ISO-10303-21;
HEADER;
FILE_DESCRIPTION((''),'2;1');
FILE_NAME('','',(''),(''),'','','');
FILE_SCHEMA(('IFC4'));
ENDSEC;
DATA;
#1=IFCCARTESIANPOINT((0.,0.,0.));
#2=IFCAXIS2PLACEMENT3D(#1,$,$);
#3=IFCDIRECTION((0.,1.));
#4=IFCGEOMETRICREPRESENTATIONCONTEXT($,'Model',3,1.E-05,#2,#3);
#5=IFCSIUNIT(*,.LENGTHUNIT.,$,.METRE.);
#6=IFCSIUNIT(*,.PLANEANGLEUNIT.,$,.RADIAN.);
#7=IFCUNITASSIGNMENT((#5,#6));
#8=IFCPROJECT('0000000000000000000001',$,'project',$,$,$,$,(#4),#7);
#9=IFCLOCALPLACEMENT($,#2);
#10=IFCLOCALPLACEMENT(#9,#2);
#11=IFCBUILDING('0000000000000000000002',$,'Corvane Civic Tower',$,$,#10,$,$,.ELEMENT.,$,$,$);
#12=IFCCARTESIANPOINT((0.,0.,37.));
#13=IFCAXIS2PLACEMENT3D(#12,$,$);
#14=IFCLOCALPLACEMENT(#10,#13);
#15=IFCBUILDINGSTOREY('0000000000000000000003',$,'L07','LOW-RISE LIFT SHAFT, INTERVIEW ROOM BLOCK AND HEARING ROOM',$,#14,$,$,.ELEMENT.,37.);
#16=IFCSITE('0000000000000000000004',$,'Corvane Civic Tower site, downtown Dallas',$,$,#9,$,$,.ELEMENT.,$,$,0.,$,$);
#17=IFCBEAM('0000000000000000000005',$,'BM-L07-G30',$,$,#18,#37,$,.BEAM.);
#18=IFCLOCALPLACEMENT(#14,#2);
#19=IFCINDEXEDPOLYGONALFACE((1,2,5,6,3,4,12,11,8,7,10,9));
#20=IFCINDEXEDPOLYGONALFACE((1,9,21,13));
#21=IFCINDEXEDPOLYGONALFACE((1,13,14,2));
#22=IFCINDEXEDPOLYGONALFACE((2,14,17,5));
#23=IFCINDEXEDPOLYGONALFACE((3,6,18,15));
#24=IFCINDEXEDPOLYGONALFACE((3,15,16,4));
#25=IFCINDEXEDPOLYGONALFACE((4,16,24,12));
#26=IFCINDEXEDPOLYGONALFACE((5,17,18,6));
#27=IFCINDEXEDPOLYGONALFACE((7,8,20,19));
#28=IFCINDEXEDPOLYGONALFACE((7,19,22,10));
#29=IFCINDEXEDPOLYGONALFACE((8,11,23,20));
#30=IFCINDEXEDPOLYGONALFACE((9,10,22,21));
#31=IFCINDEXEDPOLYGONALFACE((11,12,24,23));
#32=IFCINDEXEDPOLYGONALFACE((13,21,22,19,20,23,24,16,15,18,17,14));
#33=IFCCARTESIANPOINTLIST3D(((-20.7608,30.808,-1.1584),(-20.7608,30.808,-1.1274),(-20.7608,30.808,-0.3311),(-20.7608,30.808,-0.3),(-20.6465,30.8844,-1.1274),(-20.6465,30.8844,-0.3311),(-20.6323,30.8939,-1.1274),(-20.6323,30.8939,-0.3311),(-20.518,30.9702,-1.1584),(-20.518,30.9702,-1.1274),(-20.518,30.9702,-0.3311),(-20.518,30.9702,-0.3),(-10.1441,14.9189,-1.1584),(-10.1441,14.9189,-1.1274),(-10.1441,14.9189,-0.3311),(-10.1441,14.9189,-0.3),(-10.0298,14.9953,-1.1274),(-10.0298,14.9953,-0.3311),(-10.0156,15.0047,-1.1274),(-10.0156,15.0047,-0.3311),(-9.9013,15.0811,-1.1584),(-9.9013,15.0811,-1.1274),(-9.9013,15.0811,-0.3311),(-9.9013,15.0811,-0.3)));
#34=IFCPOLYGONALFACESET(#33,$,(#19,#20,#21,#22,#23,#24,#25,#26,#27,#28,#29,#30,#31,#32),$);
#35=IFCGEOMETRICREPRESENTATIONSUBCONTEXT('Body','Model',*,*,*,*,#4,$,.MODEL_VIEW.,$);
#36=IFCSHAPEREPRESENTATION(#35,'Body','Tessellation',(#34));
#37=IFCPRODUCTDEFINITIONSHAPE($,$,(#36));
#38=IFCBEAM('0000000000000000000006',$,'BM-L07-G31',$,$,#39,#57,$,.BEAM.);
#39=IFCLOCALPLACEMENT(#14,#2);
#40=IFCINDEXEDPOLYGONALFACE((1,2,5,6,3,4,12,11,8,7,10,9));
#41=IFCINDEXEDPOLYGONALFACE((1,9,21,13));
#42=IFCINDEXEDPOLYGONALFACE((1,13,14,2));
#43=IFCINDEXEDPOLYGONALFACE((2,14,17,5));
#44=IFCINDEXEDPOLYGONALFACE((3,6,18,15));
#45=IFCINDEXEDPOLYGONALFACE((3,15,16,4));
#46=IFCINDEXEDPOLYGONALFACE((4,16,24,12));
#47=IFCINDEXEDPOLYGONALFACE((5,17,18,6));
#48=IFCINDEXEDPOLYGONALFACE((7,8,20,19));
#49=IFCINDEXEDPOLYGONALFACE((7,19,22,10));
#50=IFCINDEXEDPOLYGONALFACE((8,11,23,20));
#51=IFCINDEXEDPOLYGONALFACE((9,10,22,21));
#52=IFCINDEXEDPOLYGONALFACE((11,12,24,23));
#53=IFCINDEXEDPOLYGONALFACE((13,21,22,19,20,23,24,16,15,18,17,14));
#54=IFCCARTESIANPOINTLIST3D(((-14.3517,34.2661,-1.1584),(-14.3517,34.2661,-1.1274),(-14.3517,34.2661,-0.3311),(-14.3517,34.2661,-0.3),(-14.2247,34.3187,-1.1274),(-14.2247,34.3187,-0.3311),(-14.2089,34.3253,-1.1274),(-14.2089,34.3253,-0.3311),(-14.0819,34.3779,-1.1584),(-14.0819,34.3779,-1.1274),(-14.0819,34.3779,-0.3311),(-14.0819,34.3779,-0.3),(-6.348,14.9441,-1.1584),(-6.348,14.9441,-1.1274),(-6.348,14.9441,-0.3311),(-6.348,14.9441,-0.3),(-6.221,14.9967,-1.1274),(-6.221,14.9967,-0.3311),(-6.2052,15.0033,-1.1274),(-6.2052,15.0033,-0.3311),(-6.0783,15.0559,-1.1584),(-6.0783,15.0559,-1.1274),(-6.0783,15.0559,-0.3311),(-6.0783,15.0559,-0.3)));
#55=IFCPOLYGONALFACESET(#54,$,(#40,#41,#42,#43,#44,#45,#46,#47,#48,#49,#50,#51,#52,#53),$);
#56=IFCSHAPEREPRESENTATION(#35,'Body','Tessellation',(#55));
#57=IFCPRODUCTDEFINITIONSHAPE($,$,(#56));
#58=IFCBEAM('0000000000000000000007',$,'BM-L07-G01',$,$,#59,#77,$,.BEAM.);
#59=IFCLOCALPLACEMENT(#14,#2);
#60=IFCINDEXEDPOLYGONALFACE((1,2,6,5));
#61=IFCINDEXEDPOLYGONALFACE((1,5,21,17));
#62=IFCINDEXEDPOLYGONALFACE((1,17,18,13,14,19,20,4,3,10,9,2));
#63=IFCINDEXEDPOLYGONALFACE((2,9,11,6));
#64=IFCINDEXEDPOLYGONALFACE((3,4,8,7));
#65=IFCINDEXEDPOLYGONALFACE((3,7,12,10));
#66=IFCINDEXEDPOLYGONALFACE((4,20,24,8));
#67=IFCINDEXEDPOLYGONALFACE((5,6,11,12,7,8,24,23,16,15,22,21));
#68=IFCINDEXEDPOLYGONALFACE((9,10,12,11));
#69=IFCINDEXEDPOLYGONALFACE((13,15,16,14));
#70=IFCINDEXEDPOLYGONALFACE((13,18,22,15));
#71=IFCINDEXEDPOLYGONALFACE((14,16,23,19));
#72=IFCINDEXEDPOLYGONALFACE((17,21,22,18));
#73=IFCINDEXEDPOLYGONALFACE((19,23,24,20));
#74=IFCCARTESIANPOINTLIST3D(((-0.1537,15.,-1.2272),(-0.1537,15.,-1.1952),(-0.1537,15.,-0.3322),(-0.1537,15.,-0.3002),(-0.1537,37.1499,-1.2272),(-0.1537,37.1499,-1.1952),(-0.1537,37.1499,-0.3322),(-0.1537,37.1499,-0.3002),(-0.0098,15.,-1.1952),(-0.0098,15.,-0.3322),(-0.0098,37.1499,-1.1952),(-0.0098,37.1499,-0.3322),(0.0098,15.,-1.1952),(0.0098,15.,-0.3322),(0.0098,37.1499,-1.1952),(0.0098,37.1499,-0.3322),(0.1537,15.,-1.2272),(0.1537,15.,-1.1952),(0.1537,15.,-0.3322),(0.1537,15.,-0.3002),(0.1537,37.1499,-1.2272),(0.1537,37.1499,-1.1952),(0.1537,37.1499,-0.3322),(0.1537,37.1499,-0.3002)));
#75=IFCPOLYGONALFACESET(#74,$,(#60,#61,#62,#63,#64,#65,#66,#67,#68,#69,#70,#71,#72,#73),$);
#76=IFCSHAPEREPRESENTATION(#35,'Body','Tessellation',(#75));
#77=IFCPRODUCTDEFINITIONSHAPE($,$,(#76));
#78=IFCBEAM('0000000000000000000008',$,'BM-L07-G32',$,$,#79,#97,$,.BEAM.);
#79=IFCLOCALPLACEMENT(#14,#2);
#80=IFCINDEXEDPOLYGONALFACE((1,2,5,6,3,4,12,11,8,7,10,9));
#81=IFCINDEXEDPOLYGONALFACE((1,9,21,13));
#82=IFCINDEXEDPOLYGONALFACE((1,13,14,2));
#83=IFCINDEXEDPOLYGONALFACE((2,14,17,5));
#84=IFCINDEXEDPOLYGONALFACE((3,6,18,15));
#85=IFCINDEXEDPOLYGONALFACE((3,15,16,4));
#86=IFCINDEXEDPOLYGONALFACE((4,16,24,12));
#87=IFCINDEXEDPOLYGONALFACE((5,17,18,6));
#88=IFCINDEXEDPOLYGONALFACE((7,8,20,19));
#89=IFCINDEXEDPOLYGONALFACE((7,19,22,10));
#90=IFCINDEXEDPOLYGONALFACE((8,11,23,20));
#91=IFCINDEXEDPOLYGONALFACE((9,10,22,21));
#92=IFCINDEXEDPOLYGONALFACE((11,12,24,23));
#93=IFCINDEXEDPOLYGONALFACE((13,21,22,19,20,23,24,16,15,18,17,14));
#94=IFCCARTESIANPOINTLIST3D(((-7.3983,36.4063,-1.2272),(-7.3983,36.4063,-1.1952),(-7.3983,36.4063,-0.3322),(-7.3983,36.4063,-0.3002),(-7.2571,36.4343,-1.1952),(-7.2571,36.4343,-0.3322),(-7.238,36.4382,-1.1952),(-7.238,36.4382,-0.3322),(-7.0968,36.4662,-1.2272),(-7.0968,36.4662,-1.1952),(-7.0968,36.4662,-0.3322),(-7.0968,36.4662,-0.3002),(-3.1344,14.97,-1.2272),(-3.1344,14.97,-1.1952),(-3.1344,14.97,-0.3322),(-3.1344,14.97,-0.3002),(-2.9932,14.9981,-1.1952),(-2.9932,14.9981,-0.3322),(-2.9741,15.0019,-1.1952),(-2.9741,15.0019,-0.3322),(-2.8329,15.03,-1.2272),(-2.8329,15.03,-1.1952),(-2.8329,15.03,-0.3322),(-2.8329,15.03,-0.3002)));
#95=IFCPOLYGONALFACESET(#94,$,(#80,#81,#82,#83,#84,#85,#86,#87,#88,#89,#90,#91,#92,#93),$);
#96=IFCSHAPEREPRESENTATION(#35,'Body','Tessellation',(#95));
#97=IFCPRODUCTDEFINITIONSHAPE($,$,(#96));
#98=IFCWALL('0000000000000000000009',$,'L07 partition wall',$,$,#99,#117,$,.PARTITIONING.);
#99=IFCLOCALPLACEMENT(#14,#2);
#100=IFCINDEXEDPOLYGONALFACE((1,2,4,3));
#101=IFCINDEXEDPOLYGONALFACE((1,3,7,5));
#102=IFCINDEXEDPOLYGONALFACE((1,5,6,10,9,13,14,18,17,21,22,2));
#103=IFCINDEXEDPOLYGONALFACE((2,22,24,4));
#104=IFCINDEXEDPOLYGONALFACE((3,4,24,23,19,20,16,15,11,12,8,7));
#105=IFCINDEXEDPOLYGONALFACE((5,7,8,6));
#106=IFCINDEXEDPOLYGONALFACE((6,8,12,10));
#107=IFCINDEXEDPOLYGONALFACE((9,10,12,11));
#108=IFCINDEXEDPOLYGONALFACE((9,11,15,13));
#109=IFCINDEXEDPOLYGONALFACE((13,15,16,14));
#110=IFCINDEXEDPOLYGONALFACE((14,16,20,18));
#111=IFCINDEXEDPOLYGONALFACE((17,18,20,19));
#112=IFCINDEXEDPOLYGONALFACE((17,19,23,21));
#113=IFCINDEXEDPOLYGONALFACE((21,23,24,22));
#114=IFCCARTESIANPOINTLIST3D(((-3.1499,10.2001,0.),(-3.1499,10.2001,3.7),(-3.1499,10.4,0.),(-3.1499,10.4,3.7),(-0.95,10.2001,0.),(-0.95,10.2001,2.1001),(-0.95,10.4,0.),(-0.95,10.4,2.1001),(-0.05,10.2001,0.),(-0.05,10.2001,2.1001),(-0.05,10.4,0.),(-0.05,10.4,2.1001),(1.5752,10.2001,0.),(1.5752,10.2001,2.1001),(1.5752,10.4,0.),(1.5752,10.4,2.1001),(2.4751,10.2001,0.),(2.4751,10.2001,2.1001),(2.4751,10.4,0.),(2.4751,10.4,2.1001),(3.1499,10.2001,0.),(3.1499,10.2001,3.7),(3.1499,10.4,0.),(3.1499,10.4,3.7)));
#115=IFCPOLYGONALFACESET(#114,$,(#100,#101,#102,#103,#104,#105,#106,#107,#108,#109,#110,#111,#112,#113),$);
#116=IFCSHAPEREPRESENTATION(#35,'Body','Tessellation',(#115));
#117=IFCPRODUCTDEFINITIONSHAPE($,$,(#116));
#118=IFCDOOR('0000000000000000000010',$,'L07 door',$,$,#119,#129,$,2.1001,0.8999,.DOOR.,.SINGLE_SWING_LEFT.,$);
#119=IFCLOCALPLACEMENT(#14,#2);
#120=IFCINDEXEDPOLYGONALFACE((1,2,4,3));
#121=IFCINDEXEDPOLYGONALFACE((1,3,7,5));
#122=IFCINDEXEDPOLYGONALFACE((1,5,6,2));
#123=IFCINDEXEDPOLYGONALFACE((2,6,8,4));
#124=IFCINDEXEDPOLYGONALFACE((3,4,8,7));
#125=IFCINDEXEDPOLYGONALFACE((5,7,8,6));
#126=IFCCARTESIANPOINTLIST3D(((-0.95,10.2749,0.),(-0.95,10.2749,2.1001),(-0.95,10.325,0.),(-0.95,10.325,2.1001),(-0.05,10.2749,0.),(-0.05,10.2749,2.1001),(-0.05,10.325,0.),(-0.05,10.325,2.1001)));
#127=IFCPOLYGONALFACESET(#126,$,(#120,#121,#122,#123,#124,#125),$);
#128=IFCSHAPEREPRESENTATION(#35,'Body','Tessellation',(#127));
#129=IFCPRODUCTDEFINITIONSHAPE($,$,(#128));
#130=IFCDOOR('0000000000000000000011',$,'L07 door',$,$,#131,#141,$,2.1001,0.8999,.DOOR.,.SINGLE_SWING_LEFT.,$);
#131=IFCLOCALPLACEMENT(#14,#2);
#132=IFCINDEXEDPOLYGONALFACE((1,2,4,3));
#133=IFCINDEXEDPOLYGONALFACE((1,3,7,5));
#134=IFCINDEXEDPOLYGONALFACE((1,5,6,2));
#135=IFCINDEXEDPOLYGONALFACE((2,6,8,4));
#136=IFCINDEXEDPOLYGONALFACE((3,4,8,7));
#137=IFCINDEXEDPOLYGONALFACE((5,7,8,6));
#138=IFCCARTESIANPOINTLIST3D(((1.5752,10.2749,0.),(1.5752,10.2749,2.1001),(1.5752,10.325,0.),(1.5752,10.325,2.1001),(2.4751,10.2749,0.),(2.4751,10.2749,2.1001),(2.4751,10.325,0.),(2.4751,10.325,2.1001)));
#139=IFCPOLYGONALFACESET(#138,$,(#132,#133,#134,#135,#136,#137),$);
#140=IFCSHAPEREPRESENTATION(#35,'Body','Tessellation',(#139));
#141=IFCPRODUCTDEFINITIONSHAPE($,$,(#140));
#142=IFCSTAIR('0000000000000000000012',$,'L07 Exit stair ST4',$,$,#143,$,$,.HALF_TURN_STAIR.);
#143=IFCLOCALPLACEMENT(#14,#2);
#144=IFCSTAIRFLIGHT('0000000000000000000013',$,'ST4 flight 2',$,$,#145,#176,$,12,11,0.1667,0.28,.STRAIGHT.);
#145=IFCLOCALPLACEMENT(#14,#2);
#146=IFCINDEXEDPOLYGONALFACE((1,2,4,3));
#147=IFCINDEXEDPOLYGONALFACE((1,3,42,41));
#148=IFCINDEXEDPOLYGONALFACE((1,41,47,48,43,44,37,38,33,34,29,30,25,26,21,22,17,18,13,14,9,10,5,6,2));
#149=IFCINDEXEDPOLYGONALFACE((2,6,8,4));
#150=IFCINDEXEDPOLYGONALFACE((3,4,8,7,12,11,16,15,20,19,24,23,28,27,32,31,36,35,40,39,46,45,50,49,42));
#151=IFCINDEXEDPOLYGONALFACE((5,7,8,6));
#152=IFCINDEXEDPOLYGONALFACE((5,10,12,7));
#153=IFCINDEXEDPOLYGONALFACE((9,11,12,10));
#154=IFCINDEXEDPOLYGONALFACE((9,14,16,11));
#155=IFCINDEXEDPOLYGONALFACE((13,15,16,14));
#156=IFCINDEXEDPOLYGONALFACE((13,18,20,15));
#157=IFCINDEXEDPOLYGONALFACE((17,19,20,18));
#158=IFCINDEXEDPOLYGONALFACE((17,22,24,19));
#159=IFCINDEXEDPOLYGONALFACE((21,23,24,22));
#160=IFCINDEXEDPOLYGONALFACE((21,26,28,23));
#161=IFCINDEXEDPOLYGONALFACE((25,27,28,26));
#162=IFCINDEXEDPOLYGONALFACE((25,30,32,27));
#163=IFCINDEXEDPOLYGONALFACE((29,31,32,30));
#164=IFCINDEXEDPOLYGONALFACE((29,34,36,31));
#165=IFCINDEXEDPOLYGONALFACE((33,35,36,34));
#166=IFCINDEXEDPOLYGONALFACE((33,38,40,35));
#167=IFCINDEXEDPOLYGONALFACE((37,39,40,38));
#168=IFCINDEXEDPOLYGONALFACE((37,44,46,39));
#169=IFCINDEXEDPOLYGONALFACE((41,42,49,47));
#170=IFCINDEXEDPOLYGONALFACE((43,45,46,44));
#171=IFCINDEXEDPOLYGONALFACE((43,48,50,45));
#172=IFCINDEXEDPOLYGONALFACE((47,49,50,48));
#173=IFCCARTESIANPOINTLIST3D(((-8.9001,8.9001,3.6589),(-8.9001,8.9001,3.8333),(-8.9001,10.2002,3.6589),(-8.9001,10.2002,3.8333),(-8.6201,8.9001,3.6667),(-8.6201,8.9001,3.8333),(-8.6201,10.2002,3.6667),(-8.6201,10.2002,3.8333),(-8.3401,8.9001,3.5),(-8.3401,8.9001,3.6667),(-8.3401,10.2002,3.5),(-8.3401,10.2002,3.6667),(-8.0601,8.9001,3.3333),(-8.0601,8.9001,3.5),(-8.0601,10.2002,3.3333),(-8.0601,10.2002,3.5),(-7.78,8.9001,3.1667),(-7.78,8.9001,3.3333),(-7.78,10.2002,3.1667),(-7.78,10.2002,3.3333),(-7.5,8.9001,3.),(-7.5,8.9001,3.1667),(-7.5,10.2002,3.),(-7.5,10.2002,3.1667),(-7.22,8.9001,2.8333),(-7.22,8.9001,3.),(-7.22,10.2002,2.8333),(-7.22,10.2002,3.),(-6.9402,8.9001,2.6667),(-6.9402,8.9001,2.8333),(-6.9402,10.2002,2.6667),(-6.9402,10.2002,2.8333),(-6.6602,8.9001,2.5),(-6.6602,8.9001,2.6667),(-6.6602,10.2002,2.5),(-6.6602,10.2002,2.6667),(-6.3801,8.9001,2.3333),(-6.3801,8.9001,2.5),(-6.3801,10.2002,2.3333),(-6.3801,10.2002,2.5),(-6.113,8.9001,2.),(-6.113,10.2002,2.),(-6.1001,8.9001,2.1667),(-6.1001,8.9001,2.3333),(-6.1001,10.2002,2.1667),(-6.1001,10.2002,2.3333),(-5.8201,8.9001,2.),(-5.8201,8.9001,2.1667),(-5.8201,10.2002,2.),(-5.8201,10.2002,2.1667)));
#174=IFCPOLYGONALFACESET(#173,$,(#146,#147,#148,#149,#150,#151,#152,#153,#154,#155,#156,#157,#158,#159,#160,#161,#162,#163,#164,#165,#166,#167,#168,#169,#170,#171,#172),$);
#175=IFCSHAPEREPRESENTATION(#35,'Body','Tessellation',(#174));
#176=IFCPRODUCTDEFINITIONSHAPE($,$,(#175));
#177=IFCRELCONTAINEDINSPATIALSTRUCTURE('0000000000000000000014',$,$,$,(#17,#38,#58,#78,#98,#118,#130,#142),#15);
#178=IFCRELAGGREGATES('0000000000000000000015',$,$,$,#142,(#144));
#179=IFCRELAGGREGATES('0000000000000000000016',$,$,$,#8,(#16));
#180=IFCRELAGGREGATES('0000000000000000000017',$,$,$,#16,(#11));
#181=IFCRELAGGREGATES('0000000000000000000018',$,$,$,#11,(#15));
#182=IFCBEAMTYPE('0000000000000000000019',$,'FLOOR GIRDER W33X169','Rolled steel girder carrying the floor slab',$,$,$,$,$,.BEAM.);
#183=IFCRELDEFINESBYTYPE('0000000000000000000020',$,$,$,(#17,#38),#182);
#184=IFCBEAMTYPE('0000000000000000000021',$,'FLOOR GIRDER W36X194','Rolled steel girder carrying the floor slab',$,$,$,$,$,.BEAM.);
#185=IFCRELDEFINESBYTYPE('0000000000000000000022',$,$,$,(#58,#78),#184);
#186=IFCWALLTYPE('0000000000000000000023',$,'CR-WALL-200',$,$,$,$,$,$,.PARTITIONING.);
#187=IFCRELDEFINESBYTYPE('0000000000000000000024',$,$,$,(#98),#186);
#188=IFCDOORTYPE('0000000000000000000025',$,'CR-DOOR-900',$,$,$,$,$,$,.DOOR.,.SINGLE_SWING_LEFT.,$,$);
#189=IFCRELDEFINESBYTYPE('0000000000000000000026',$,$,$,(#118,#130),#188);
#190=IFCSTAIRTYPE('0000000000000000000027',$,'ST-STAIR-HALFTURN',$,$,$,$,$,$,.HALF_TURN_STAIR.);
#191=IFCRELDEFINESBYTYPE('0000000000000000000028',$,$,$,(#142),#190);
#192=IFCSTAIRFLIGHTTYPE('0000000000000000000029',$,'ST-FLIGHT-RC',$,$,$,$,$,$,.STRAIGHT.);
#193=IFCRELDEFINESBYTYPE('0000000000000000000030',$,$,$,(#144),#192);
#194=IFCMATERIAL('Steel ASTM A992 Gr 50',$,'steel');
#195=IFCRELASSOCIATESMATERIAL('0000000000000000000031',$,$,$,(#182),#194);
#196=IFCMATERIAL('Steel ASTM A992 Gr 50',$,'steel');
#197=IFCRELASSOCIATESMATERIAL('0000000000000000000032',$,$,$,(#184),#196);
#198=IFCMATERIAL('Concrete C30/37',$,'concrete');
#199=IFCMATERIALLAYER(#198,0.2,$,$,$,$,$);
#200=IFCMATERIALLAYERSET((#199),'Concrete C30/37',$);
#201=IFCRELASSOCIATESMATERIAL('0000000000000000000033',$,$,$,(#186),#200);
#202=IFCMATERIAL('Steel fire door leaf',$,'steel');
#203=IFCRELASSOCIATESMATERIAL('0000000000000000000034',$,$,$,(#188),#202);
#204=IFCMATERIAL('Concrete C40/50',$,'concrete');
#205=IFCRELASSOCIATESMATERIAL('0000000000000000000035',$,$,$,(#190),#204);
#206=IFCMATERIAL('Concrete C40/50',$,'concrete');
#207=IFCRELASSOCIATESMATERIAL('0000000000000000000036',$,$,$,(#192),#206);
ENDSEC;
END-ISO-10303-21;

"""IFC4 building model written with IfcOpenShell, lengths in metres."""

from ifc_helpers import new_model, si_unit, direction, frame, frame_2d, origin, origin_2d, place, context, subcontext, project, spatial, polyline, rectangle, i_section, outline, extrude, material, layer, layer_set, material_profile, profile_set, type_object, element, fill, aggregate, save


model = new_model("IFC4")

# Units and contexts
model_context = context("Model", 3, precision=1e-05, world=origin(), true_north=direction((0.0, 1.0)))
body_context = subcontext(model_context, "Body", "Model", "MODEL_VIEW")
ifc_project = project(units=[si_unit("LENGTHUNIT", "METRE"), si_unit("PLANEANGLEUNIT", "RADIAN")], contexts=[model_context])

# Site, building, storey
site_placement = place(None, origin())
site = spatial("IfcSite", under=ifc_project, at=site_placement, Name="Corvane Civic Tower site, downtown Dallas", CompositionType="ELEMENT", RefElevation=0.0)
building_placement = place(site_placement, origin())
building = spatial("IfcBuilding", under=site, at=building_placement, Name="Corvane Civic Tower", CompositionType="ELEMENT")
storey_placement = place(building_placement, frame((0.0, 0.0, 37.0)))
storey = spatial("IfcBuildingStorey", under=building, at=storey_placement, Name="L07", Description="LOW-RISE LIFT SHAFT, INTERVIEW ROOM BLOCK AND HEARING ROOM", CompositionType="ELEMENT", Elevation=37.0)

# Beams
ifc_material_1 = material(Name="Steel ASTM A992 Gr 50", Category="steel")
ifc_material_profile_1 = material_profile(ifc_material_1, i_section(OverallWidth=0.292, OverallDepth=0.8584, WebThickness=0.0171, FlangeThickness=0.031, at=origin_2d()), Name="W33X169")
ifc_profile_set_1 = profile_set([ifc_material_profile_1], Name="Steel ASTM A992 Gr 50")
beam_type_1 = type_object("IfcBeamType", Name="FLOOR GIRDER W33X169", Description="Rolled steel girder carrying the floor slab", PredefinedType="BEAM", material=ifc_profile_set_1)
beam_1_placement = place(storey_placement, frame((-10.0227, 15.0, -0.7292), z_axis=(-0.555567, 0.831472, 0.0), x_axis=(-0.831472, -0.555567, 0.0)))
element("IfcBeam", 1, at=beam_1_placement, inside=storey, type_object=beam_type_1, Name="BM-L07-G30", PredefinedType="BEAM", context=body_context, shape_type="SweptSolid", body=[
    extrude(i_section(OverallWidth=0.292, OverallDepth=0.8584, WebThickness=0.0171, FlangeThickness=0.031, at=origin_2d()), origin(), (0.0, 0.0, 1.0), 19.1096),
])
beam_2_placement = place(storey_placement, frame((-6.2131, 15.0, -0.7292), z_axis=(-0.382692, 0.923876, 0.0), x_axis=(-0.923876, -0.382692, 0.0)))
element("IfcBeam", 2, at=beam_2_placement, inside=storey, type_object=beam_type_1, Name="BM-L07-G31", PredefinedType="BEAM", context=body_context, shape_type="SweptSolid", body=[
    extrude(i_section(OverallWidth=0.292, OverallDepth=0.8584, WebThickness=0.0171, FlangeThickness=0.031, at=origin_2d()), origin(), (0.0, 0.0, 1.0), 20.9141),
])
ifc_material_2 = material(Name="Steel ASTM A992 Gr 50", Category="steel")
ifc_material_profile_2 = material_profile(ifc_material_2, i_section(OverallWidth=0.3074, OverallDepth=0.927, WebThickness=0.0195, FlangeThickness=0.032, at=origin_2d()), Name="W36X194")
ifc_profile_set_2 = profile_set([ifc_material_profile_2], Name="Steel ASTM A992 Gr 50")
beam_type_2 = type_object("IfcBeamType", Name="FLOOR GIRDER W36X194", Description="Rolled steel girder carrying the floor slab", PredefinedType="BEAM", material=ifc_profile_set_2)
beam_3_placement = place(storey_placement, frame((0.0, 15.0, -0.7637), z_axis=(0.0, 1.0, 0.0), x_axis=(-1.0, 0.0, 0.0)))
element("IfcBeam", 3, at=beam_3_placement, inside=storey, type_object=beam_type_2, Name="BM-L07-G01", PredefinedType="BEAM", context=body_context, shape_type="SweptSolid", body=[
    extrude(i_section(OverallWidth=0.3074, OverallDepth=0.927, WebThickness=0.0195, FlangeThickness=0.032, at=origin_2d()), origin(), (0.0, 0.0, 1.0), 22.1499),
])
beam_4_placement = place(storey_placement, frame((-2.9836, 15.0, -0.7637), z_axis=(-0.195089, 0.980785, 0.0), x_axis=(-0.980785, -0.195089, 0.0)))
element("IfcBeam", 4, at=beam_4_placement, inside=storey, type_object=beam_type_2, Name="BM-L07-G32", PredefinedType="BEAM", context=body_context, shape_type="SweptSolid", body=[
    extrude(i_section(OverallWidth=0.3074, OverallDepth=0.927, WebThickness=0.0195, FlangeThickness=0.032, at=origin_2d()), origin(), (0.0, 0.0, 1.0), 21.8562),
])

# Wall, openings, doors
ifc_material_3 = material(Name="Concrete C30/37", Category="concrete")
ifc_layer = layer(ifc_material_3, 0.2)
ifc_layer_set = layer_set([ifc_layer], Name="Concrete C30/37")
wall_type = type_object("IfcWallType", Name="CR-WALL-200", PredefinedType="PARTITIONING", material=ifc_layer_set)
wall_placement = place(storey_placement, frame((-3.1499, 10.3, 0.0), z_axis=(0.0, 0.0, 1.0), x_axis=(1.0, 0.0, 0.0)))
wall = element("IfcWall", 5, at=wall_placement, inside=storey, type_object=wall_type, Name="L07 partition wall", PredefinedType="PARTITIONING", context=body_context, shape_type="SweptSolid", body=[
    extrude(rectangle(XDim=6.2998, YDim=0.2, at=frame_2d((3.1499, 0.0))), origin(), (0.0, 0.0, 1.0), 3.7),
])
opening_1_placement = place(wall_placement, frame((2.2, 0.0, 0.0)))
opening_1 = element("IfcOpeningElement", 6, at=opening_1_placement, cuts=wall, PredefinedType="OPENING", context=body_context, shape_type="SweptSolid", body=[
    extrude(rectangle(XDim=0.8999, YDim=2.1001, at=frame_2d((0.45, 1.05))), frame((0.0, 0.1099, 0.0), z_axis=(0.0, -1.0, 0.0), x_axis=(1.0, 0.0, 0.0)), (0.0, 0.0, 1.0), 0.22),
])
opening_2_placement = place(wall_placement, frame((4.7251, 0.0, 0.0)))
opening_2 = element("IfcOpeningElement", 7, at=opening_2_placement, cuts=wall, PredefinedType="OPENING", context=body_context, shape_type="SweptSolid", body=[
    extrude(rectangle(XDim=0.8999, YDim=2.1001, at=frame_2d((0.45, 1.05))), frame((0.0, 0.1099, 0.0), z_axis=(0.0, -1.0, 0.0), x_axis=(1.0, 0.0, 0.0)), (0.0, 0.0, 1.0), 0.22),
])
ifc_material_4 = material(Name="Steel fire door leaf", Category="steel")
door_type = type_object("IfcDoorType", Name="CR-DOOR-900", OperationType="SINGLE_SWING_LEFT", PredefinedType="DOOR", material=ifc_material_4)
door_1_placement = place(opening_1_placement, origin())
door_1 = element("IfcDoor", 8, at=door_1_placement, inside=storey, type_object=door_type, Name="L07 door", OperationType="SINGLE_SWING_LEFT", OverallHeight=2.1001, OverallWidth=0.8999, PredefinedType="DOOR", context=body_context, shape_type="SweptSolid", body=[
    extrude(rectangle(XDim=0.8999, YDim=2.1001, at=frame_2d((0.45, 1.05))), frame((0.0, 0.0249, 0.0), z_axis=(0.0, -1.0, 0.0), x_axis=(1.0, 0.0, 0.0)), (0.0, 0.0, 1.0), 0.05),
])
fill(opening_1, door_1)
door_2_placement = place(opening_2_placement, origin())
door_2 = element("IfcDoor", 9, at=door_2_placement, inside=storey, type_object=door_type, Name="L07 door", OperationType="SINGLE_SWING_LEFT", OverallHeight=2.1001, OverallWidth=0.8999, PredefinedType="DOOR", context=body_context, shape_type="SweptSolid", body=[
    extrude(rectangle(XDim=0.8999, YDim=2.1001, at=frame_2d((0.45, 1.05))), frame((0.0, 0.0249, 0.0), z_axis=(0.0, -1.0, 0.0), x_axis=(1.0, 0.0, 0.0)), (0.0, 0.0, 1.0), 0.05),
])
fill(opening_2, door_2)

# Stair, stair flight
ifc_material_5 = material(Name="Concrete C40/50", Category="concrete")
stair_type = type_object("IfcStairType", Name="ST-STAIR-HALFTURN", PredefinedType="HALF_TURN_STAIR", material=ifc_material_5)
stair_placement = place(storey_placement, origin())
stair = element("IfcStair", 10, at=stair_placement, inside=storey, type_object=stair_type, Name="L07 Exit stair ST4", PredefinedType="HALF_TURN_STAIR")
ifc_material_6 = material(Name="Concrete C40/50", Category="concrete")
stair_flight_type = type_object("IfcStairFlightType", Name="ST-FLIGHT-RC", PredefinedType="STRAIGHT", material=ifc_material_6)
stair_flight_placement = place(storey_placement, frame((-5.8201, 9.55, 2.0), z_axis=(0.0, 0.0, 1.0), x_axis=(-1.0, 0.0, 0.0)))
stair_flight = element("IfcStairFlight", 11, at=stair_flight_placement, type_object=stair_flight_type, Name="ST4 flight 2", NumberOfRisers=12, NumberOfTreads=11, PredefinedType="STRAIGHT", RiserHeight=0.1667, TreadLength=0.28, context=body_context, shape_type="SweptSolid", body=[
    extrude(outline(polyline([(0.0, 0.0), (0.0, 0.1667), (0.28, 0.1667), (0.28, 0.3333), (0.5601, 0.3333), (0.5601, 0.5), (0.8401, 0.5), (0.8401, 0.6667), (1.1201, 0.6667), (1.1201, 0.8333), (1.3999, 0.8333), (1.3999, 1.0), (1.6799, 1.0), (1.6799, 1.1667), (1.96, 1.1667), (1.96, 1.3333), (2.24, 1.3333), (2.24, 1.5), (2.52, 1.5), (2.52, 1.6667), (2.8, 1.6667), (2.8, 1.8333), (3.0801, 1.8333), (3.0801, 2.0), (3.0801, 1.6589), (0.293, 0.0), (0.0, 0.0)])), frame((0.0, 0.6499, 0.0), z_axis=(0.0, -1.0, 0.0), x_axis=(1.0, 0.0, 0.0)), (0.0, 0.0, 1.0), 1.3),
])
aggregate(stair, [stair_flight])

save(model, "model.ifc")
